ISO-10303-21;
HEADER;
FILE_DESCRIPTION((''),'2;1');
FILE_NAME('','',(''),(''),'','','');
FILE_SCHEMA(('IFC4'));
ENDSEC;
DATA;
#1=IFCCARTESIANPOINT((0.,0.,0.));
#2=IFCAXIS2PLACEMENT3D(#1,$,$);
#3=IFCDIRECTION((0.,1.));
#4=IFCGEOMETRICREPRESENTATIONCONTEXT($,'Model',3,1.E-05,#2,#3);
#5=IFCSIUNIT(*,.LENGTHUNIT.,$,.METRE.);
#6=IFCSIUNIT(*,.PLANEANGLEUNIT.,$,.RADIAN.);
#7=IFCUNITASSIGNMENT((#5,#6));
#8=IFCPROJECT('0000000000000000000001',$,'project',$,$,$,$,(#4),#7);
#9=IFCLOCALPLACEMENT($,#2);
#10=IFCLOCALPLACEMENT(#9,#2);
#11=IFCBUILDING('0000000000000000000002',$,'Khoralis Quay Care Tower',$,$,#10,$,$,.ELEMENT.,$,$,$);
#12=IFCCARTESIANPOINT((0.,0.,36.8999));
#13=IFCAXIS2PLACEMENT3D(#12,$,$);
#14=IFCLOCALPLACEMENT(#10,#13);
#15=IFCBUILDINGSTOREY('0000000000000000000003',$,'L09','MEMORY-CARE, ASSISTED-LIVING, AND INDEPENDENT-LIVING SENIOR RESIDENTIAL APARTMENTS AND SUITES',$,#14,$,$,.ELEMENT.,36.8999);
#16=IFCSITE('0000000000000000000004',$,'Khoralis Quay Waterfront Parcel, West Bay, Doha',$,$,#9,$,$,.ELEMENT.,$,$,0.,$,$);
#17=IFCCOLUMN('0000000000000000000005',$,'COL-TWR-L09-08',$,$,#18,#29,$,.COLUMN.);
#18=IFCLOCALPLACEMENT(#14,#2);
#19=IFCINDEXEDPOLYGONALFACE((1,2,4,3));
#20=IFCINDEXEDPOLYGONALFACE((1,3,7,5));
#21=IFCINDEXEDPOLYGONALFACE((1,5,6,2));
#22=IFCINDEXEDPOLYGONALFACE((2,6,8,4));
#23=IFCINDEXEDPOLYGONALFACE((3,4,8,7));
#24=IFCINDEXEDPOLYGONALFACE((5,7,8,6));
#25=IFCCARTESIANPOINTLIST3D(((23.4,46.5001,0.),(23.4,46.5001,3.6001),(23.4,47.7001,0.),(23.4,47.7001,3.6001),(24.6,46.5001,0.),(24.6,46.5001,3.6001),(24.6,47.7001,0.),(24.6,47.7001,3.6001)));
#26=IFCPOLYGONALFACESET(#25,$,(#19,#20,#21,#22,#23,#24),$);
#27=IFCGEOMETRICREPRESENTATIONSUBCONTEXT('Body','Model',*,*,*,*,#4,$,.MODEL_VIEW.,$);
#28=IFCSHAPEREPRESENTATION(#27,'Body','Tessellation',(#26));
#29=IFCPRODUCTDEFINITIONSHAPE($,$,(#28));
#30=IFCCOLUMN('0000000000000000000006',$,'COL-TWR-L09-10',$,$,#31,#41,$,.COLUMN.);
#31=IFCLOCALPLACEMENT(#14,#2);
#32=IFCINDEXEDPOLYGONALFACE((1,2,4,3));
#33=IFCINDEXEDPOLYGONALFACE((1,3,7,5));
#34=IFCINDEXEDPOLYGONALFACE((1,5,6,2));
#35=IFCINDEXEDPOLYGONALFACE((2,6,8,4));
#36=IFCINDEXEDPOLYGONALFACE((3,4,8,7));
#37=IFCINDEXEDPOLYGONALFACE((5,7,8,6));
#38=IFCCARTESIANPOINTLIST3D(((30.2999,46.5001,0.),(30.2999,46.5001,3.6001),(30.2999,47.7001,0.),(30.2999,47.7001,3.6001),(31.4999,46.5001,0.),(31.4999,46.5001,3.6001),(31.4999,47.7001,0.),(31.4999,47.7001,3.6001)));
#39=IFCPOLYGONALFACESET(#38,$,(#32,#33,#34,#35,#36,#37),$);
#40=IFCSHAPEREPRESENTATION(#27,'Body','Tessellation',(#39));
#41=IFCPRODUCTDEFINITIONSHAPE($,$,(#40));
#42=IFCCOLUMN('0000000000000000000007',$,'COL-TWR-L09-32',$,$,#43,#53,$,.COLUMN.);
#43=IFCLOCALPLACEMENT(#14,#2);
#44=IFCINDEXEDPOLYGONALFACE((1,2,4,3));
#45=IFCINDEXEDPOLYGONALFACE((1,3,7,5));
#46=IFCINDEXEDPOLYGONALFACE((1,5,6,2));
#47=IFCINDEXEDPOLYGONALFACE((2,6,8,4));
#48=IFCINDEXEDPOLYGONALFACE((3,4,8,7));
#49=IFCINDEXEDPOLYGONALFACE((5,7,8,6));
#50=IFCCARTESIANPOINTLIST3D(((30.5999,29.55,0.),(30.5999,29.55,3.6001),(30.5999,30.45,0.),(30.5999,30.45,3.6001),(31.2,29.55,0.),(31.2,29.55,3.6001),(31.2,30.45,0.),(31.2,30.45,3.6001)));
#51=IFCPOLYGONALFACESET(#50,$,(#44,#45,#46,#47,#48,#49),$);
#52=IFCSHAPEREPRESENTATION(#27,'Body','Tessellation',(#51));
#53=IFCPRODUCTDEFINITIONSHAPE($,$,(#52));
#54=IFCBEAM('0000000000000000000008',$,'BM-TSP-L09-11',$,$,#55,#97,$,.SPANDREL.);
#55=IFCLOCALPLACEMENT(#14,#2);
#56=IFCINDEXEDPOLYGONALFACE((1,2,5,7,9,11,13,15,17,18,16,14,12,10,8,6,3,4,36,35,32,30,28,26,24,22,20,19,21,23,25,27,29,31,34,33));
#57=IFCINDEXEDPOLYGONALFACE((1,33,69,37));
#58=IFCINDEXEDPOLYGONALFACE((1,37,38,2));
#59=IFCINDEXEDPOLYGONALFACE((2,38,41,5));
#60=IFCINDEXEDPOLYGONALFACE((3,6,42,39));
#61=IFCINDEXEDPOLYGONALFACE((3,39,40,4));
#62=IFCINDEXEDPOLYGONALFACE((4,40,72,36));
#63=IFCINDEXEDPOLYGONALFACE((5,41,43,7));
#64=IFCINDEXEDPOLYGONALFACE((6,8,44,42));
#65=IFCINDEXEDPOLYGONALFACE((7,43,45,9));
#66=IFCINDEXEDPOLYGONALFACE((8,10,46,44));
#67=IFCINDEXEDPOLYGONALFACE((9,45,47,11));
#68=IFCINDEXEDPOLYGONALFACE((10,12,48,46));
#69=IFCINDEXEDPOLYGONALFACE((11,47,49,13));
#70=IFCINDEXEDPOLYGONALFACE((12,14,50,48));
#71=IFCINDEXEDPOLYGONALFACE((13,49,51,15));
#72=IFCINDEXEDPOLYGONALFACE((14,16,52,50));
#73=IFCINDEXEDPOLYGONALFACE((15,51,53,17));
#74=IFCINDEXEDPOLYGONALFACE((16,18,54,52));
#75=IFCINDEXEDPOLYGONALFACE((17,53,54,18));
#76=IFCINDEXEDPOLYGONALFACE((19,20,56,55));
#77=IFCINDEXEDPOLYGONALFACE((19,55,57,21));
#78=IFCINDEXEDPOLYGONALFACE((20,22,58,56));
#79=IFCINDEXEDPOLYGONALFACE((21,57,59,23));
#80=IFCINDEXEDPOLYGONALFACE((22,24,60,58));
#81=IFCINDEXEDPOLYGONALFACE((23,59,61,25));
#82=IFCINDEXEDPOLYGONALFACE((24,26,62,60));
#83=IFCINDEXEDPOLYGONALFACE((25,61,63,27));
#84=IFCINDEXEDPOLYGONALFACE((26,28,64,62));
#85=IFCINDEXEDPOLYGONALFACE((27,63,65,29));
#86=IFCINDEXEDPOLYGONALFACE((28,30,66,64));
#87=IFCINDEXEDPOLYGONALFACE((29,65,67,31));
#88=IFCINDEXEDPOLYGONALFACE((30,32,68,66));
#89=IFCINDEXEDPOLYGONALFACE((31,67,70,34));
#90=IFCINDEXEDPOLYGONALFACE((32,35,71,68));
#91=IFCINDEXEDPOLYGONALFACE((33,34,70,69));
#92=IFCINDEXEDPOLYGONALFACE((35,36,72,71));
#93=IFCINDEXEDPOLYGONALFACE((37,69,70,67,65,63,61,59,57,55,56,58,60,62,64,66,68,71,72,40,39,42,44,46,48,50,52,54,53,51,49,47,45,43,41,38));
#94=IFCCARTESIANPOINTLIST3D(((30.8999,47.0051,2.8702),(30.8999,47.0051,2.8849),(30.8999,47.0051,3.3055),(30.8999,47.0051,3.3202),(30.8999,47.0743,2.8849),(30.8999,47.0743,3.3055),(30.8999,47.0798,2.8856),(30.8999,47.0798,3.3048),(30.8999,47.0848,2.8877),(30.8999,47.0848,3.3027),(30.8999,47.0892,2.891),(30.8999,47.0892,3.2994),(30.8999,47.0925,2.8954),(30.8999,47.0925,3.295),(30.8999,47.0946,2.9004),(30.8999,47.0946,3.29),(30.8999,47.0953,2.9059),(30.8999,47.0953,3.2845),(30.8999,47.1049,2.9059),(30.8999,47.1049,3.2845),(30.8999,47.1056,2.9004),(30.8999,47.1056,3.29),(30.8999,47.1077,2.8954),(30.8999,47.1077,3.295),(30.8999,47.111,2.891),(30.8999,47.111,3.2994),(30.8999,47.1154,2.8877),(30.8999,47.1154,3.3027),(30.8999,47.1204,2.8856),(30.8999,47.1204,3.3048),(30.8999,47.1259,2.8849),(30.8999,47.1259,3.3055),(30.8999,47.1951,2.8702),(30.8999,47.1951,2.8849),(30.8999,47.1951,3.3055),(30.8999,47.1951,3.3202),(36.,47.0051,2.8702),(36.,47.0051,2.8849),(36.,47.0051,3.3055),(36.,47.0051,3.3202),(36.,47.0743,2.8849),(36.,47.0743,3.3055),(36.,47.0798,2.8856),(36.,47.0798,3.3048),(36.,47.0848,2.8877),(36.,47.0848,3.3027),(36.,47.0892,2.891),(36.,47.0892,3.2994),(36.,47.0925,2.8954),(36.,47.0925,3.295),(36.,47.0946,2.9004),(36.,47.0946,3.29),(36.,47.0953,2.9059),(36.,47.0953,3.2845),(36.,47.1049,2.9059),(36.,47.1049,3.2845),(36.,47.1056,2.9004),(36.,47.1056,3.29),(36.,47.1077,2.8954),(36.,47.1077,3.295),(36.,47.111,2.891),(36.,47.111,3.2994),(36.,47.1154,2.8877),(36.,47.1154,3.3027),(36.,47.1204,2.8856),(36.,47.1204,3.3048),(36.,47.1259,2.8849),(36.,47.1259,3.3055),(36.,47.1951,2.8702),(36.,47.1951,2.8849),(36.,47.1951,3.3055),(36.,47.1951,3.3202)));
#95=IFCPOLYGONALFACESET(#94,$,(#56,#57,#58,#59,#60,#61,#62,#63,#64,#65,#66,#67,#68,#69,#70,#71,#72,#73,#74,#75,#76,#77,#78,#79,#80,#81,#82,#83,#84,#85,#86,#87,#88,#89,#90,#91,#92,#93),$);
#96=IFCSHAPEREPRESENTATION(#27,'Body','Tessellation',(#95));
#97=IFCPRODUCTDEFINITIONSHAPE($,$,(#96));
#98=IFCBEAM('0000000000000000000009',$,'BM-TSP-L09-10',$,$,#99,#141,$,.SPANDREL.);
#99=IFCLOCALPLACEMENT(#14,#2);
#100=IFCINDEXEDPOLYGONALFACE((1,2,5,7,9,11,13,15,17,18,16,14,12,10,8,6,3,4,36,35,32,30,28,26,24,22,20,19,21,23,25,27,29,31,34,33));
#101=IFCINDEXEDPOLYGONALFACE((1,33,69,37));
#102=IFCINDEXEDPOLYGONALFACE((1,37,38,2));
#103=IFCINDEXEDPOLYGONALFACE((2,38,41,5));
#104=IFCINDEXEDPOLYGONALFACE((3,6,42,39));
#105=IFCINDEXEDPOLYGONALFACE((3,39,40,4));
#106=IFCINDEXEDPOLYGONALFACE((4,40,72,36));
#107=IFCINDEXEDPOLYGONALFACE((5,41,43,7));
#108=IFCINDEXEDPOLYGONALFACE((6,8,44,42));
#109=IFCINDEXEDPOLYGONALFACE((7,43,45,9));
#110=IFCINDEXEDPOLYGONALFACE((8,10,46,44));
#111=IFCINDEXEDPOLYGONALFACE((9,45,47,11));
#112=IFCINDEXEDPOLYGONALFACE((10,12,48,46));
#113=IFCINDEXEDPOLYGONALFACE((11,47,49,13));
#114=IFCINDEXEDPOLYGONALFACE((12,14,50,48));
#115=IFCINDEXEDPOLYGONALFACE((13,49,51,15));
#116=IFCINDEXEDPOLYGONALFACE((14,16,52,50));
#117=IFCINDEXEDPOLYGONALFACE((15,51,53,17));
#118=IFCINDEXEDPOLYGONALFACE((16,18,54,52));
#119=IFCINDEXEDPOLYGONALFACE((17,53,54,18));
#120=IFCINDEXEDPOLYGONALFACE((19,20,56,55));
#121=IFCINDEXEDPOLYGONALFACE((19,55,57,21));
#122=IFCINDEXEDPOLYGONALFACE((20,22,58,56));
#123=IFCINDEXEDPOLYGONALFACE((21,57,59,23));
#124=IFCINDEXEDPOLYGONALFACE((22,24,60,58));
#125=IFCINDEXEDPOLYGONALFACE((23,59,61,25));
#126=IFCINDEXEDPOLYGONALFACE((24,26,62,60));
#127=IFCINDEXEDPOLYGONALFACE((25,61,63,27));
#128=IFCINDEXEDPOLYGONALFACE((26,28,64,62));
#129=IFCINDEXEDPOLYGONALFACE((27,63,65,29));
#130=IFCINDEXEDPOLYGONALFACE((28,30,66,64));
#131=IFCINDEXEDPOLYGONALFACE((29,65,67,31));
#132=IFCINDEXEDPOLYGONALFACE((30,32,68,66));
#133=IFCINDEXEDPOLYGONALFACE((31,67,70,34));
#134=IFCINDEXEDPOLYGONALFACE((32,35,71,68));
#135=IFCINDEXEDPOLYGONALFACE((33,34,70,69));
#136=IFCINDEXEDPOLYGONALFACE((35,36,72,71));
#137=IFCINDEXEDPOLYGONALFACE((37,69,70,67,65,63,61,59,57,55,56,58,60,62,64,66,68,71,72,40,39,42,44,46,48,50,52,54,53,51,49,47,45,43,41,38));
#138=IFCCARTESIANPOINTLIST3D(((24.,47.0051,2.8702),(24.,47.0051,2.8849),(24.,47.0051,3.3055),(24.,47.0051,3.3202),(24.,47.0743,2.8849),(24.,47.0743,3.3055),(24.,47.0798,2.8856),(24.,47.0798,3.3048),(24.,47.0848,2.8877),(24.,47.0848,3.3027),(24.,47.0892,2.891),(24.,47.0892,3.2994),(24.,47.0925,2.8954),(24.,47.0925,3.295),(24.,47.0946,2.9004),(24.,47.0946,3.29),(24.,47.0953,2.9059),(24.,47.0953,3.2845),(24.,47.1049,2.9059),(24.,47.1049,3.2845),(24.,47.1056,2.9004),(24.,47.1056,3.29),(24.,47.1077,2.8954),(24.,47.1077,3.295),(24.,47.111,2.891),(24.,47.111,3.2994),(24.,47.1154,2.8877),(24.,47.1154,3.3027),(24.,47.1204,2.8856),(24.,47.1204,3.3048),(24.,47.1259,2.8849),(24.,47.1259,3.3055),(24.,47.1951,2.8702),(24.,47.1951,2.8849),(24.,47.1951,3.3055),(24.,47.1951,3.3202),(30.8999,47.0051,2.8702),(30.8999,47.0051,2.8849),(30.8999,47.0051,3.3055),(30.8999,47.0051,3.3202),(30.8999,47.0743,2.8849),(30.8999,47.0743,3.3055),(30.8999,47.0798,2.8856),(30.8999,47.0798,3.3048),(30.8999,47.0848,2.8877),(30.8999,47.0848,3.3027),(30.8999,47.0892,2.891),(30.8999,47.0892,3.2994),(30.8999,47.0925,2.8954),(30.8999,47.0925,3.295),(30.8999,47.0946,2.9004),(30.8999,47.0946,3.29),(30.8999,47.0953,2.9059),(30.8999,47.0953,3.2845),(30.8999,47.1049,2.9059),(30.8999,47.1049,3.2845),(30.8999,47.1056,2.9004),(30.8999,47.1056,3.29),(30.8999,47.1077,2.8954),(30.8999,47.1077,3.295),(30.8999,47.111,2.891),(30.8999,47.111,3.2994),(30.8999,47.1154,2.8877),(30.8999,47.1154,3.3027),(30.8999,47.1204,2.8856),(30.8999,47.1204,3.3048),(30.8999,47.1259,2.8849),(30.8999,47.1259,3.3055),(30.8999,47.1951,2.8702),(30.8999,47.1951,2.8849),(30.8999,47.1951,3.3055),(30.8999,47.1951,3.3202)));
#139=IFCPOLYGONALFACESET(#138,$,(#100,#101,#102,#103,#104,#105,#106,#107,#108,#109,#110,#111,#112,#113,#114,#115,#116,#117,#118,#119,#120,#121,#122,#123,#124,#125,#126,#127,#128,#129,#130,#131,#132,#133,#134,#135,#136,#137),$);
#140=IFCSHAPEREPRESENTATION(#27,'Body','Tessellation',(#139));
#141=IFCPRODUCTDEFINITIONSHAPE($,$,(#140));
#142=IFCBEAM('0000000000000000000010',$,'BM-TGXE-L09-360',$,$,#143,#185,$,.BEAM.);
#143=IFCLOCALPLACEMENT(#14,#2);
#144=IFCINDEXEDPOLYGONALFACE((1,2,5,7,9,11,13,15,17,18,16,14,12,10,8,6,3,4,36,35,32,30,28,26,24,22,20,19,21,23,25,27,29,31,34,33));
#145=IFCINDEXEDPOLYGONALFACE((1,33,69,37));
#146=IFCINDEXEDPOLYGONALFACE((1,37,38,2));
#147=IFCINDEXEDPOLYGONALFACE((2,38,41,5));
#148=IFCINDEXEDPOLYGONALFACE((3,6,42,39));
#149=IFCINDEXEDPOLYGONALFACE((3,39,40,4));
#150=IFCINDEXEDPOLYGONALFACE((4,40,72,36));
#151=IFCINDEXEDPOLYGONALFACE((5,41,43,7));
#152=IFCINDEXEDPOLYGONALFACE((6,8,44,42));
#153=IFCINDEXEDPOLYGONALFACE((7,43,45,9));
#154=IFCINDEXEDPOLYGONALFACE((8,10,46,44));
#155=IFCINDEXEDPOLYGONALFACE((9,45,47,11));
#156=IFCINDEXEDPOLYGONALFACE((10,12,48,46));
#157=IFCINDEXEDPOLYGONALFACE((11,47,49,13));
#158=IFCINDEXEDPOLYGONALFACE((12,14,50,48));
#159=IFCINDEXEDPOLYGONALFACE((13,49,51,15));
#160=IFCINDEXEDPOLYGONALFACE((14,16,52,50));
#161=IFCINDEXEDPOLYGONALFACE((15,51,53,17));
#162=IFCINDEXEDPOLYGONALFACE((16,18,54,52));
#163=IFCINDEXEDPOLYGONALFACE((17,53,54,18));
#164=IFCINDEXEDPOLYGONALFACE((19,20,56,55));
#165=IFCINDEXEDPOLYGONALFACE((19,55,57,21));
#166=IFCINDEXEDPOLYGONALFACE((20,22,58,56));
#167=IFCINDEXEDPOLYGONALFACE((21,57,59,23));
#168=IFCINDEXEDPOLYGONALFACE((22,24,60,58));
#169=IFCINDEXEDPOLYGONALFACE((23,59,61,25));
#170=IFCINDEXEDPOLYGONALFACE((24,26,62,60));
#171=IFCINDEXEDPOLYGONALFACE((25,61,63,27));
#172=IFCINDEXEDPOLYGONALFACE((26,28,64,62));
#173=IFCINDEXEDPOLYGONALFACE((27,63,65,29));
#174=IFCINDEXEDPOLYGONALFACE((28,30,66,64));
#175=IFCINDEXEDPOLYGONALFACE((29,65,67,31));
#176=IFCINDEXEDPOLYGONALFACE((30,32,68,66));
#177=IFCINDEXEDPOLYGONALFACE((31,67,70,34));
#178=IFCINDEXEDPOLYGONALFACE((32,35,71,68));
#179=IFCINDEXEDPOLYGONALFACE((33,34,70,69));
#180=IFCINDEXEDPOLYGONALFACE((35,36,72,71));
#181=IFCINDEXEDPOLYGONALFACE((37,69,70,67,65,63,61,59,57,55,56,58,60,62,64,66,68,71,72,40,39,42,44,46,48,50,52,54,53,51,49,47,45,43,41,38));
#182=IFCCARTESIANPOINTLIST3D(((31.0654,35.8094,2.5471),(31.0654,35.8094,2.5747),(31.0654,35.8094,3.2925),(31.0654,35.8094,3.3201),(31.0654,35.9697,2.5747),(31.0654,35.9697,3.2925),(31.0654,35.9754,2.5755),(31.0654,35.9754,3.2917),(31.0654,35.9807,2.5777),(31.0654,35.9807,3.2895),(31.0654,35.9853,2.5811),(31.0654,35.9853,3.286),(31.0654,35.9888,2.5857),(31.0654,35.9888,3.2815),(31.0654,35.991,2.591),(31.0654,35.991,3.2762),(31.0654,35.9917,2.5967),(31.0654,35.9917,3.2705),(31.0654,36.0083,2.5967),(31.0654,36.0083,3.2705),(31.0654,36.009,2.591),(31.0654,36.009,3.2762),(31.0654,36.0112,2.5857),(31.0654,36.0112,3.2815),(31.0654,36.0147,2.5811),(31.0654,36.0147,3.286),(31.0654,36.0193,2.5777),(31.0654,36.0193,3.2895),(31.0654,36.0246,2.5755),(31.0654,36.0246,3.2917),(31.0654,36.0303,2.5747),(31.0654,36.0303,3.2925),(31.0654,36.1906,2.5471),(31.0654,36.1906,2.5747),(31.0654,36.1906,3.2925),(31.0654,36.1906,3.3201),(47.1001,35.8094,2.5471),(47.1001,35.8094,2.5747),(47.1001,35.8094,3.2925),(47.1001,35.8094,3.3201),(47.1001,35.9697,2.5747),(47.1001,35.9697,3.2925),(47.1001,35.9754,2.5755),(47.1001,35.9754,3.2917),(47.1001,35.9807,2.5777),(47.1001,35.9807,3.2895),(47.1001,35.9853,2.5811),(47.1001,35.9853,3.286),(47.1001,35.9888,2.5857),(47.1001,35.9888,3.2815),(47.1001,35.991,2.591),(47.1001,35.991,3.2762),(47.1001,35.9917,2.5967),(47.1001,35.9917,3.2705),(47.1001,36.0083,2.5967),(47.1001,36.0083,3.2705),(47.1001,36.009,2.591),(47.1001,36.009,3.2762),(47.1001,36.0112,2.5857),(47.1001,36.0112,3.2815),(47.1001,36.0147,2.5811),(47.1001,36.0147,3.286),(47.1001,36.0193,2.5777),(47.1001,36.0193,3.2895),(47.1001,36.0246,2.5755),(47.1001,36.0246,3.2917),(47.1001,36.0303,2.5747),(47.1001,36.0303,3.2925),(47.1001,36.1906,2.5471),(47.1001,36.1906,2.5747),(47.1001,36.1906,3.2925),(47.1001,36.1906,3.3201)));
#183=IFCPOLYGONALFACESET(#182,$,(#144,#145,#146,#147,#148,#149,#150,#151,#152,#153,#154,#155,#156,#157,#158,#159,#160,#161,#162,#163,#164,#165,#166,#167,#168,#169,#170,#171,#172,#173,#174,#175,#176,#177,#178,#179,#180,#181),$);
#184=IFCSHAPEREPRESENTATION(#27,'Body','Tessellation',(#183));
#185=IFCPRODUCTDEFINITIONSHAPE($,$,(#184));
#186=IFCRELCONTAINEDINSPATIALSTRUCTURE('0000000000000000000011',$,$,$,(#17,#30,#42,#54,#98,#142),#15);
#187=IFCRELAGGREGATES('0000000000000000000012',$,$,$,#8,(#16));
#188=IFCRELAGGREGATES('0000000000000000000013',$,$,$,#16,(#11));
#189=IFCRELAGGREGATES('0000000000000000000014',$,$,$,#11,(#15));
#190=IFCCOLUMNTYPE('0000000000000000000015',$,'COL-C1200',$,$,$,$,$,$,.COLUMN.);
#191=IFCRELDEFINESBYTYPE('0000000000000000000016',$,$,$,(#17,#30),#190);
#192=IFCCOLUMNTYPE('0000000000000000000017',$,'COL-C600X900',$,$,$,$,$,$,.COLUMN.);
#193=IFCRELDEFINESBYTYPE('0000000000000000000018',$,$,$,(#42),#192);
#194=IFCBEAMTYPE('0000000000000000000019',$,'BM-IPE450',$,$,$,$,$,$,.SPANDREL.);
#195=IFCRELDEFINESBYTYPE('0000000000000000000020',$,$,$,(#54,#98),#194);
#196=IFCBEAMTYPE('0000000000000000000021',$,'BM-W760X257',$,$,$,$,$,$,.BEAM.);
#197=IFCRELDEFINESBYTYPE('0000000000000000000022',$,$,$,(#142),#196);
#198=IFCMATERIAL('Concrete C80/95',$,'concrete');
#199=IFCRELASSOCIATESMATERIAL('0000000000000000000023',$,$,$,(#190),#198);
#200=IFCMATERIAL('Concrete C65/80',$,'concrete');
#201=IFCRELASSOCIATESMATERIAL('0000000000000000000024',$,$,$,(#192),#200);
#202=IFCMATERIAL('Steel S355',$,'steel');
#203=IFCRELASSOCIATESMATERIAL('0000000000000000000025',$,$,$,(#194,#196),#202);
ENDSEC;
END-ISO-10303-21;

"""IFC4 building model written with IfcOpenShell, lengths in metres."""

from ifc_helpers import new_model, si_unit, direction, frame, origin, origin_2d, place, context, subcontext, project, spatial, rectangle, i_section, extrude, source, transform, mapped, material, material_profile, profile_set, type_object, element, save


model = new_model("IFC4")

# Units and contexts
model_context = context("Model", 3, precision=1e-05, world=origin(), true_north=direction((0.0, 1.0)))
body_context = subcontext(model_context, "Body", "Model", "MODEL_VIEW")
ifc_project = project(units=[si_unit("LENGTHUNIT", "METRE"), si_unit("PLANEANGLEUNIT", "RADIAN")], contexts=[model_context])

# Site, building, storey
site_placement = place(None, origin())
site = spatial("IfcSite", under=ifc_project, at=site_placement, Name="Khoralis Quay Waterfront Parcel, West Bay, Doha", CompositionType="ELEMENT", RefElevation=0.0)
building_placement = place(site_placement, origin())
building = spatial("IfcBuilding", under=site, at=building_placement, Name="Khoralis Quay Care Tower", CompositionType="ELEMENT")
storey_placement = place(building_placement, frame((0.0, 0.0, 36.8999)))
storey = spatial("IfcBuildingStorey", under=building, at=storey_placement, Name="L09", Description="MEMORY-CARE, ASSISTED-LIVING, AND INDEPENDENT-LIVING SENIOR RESIDENTIAL APARTMENTS AND SUITES", CompositionType="ELEMENT", Elevation=36.8999)

# Columns
ifc_material_1 = material(Name="Concrete C80/95", Category="concrete")
ifc_material_profile_1 = material_profile(ifc_material_1, rectangle(XDim=1.2, YDim=1.2, at=origin_2d()), Name="Concrete C80/95")
ifc_profile_set_1 = profile_set([ifc_material_profile_1], Name="Concrete C80/95")
column_type_1 = type_object("IfcColumnType", Name="COL-C1200", PredefinedType="COLUMN", material=ifc_profile_set_1)
shared_shape_1 = source(origin(), body_context, "Body", "SweptSolid", [
    extrude(rectangle(XDim=1.2, YDim=1.2, at=origin_2d()), origin(), (0.0, 0.0, 1.0), 3.6001),
])
for number, where, z_axis, x_axis, name in (
    (1, (24.0, 47.1001, 0.0), (0.0, 0.0, 1.0), (1.0, 0.0, 0.0), "COL-TWR-L09-08"),
    (2, (30.8999, 47.1001, 0.0), (0.0, 0.0, 1.0), (1.0, 0.0, 0.0), "COL-TWR-L09-10"),
):
    element("IfcColumn", number, at=place(storey_placement, frame(where, z_axis=z_axis, x_axis=x_axis)), inside=storey, type_object=column_type_1, Name=name, PredefinedType="COLUMN", context=body_context, shape_type="MappedRepresentation", body=[
        mapped(shared_shape_1, transform((0.0, 0.0, 0.0), scale=1.0)),
    ])
ifc_material_2 = material(Name="Concrete C65/80", Category="concrete")
ifc_material_profile_2 = material_profile(ifc_material_2, rectangle(XDim=0.6001, YDim=0.8999, at=origin_2d()), Name="Concrete C65/80")
ifc_profile_set_2 = profile_set([ifc_material_profile_2], Name="Concrete C65/80")
column_type_2 = type_object("IfcColumnType", Name="COL-C600X900", PredefinedType="COLUMN", material=ifc_profile_set_2)
shared_shape_2 = source(origin(), body_context, "Body", "SweptSolid", [
    extrude(rectangle(XDim=0.6001, YDim=0.8999, at=origin_2d()), origin(), (0.0, 0.0, 1.0), 3.6001),
])
column_placement = place(storey_placement, frame((30.8999, 30.0, 0.0), z_axis=(0.0, 0.0, 1.0), x_axis=(1.0, 0.0, 0.0)))
element("IfcColumn", 3, at=column_placement, inside=storey, type_object=column_type_2, Name="COL-TWR-L09-32", PredefinedType="COLUMN", context=body_context, shape_type="MappedRepresentation", body=[
    mapped(shared_shape_2, transform((0.0, 0.0, 0.0), scale=1.0)),
])

# Beams
ifc_material_3 = material(Name="Steel S355", Category="steel")
ifc_material_profile_3 = material_profile(ifc_material_3, i_section(OverallWidth=0.1899, OverallDepth=0.45, WebThickness=0.0095, FlangeThickness=0.0146, FilletRadius=0.021, at=origin_2d()), Name="Steel S355")
ifc_profile_set_3 = profile_set([ifc_material_profile_3], Name="Steel S355")
beam_type_1 = type_object("IfcBeamType", Name="BM-IPE450", PredefinedType="SPANDREL", material=ifc_profile_set_3)
shared_shape_3 = source(origin(), body_context, "Body", "SweptSolid", [
    extrude(i_section(OverallWidth=0.1899, OverallDepth=0.45, WebThickness=0.0095, FlangeThickness=0.0146, FilletRadius=0.021, at=origin_2d()), origin(), (0.0, 0.0, 1.0), 5.1001),
])
beam_1_placement = place(storey_placement, frame((30.8999, 47.1001, 3.0952), z_axis=(1.0, 0.0, 0.0), x_axis=(0.0, 1.0, 0.0)))
element("IfcBeam", 4, at=beam_1_placement, inside=storey, type_object=beam_type_1, Name="BM-TSP-L09-11", PredefinedType="SPANDREL", context=body_context, shape_type="MappedRepresentation", body=[
    mapped(shared_shape_3, transform((0.0, 0.0, 0.0), scale=1.0)),
])
shared_shape_4 = source(origin(), body_context, "Body", "SweptSolid", [
    extrude(i_section(OverallWidth=0.1899, OverallDepth=0.45, WebThickness=0.0095, FlangeThickness=0.0146, FilletRadius=0.021, at=origin_2d()), origin(), (0.0, 0.0, 1.0), 6.8999),
])
beam_2_placement = place(storey_placement, frame((24.0, 47.1001, 3.0952), z_axis=(1.0, 0.0, 0.0), x_axis=(0.0, 1.0, 0.0)))
element("IfcBeam", 5, at=beam_2_placement, inside=storey, type_object=beam_type_1, Name="BM-TSP-L09-10", PredefinedType="SPANDREL", context=body_context, shape_type="MappedRepresentation", body=[
    mapped(shared_shape_4, transform((0.0, 0.0, 0.0), scale=1.0)),
])
ifc_material_profile_4 = material_profile(ifc_material_3, i_section(OverallWidth=0.3811, OverallDepth=0.7729, WebThickness=0.0166, FlangeThickness=0.0276, FilletRadius=0.022, at=origin_2d()), Name="Steel S355")
ifc_profile_set_4 = profile_set([ifc_material_profile_4], Name="Steel S355")
beam_type_2 = type_object("IfcBeamType", Name="BM-W760X257", PredefinedType="BEAM", material=ifc_profile_set_4)
shared_shape_5 = source(origin(), body_context, "Body", "SweptSolid", [
    extrude(i_section(OverallWidth=0.3811, OverallDepth=0.7729, WebThickness=0.0166, FlangeThickness=0.0276, FilletRadius=0.022, at=origin_2d()), origin(), (0.0, 0.0, 1.0), 16.0347),
])
for number, where, z_axis, x_axis, name in (
    (6, (31.0654, 36.0, 2.9336), (1.0, 0.0, 0.0), (0.0, 1.0, 0.0), "BM-TGXE-L09-360"),
):
    element("IfcBeam", number, at=place(storey_placement, frame(where, z_axis=z_axis, x_axis=x_axis)), inside=storey, type_object=beam_type_2, Name=name, PredefinedType="BEAM", context=body_context, shape_type="MappedRepresentation", body=[
        mapped(shared_shape_5, transform((0.0, 0.0, 0.0), scale=1.0)),
    ])

save(model, "model.ifc")
